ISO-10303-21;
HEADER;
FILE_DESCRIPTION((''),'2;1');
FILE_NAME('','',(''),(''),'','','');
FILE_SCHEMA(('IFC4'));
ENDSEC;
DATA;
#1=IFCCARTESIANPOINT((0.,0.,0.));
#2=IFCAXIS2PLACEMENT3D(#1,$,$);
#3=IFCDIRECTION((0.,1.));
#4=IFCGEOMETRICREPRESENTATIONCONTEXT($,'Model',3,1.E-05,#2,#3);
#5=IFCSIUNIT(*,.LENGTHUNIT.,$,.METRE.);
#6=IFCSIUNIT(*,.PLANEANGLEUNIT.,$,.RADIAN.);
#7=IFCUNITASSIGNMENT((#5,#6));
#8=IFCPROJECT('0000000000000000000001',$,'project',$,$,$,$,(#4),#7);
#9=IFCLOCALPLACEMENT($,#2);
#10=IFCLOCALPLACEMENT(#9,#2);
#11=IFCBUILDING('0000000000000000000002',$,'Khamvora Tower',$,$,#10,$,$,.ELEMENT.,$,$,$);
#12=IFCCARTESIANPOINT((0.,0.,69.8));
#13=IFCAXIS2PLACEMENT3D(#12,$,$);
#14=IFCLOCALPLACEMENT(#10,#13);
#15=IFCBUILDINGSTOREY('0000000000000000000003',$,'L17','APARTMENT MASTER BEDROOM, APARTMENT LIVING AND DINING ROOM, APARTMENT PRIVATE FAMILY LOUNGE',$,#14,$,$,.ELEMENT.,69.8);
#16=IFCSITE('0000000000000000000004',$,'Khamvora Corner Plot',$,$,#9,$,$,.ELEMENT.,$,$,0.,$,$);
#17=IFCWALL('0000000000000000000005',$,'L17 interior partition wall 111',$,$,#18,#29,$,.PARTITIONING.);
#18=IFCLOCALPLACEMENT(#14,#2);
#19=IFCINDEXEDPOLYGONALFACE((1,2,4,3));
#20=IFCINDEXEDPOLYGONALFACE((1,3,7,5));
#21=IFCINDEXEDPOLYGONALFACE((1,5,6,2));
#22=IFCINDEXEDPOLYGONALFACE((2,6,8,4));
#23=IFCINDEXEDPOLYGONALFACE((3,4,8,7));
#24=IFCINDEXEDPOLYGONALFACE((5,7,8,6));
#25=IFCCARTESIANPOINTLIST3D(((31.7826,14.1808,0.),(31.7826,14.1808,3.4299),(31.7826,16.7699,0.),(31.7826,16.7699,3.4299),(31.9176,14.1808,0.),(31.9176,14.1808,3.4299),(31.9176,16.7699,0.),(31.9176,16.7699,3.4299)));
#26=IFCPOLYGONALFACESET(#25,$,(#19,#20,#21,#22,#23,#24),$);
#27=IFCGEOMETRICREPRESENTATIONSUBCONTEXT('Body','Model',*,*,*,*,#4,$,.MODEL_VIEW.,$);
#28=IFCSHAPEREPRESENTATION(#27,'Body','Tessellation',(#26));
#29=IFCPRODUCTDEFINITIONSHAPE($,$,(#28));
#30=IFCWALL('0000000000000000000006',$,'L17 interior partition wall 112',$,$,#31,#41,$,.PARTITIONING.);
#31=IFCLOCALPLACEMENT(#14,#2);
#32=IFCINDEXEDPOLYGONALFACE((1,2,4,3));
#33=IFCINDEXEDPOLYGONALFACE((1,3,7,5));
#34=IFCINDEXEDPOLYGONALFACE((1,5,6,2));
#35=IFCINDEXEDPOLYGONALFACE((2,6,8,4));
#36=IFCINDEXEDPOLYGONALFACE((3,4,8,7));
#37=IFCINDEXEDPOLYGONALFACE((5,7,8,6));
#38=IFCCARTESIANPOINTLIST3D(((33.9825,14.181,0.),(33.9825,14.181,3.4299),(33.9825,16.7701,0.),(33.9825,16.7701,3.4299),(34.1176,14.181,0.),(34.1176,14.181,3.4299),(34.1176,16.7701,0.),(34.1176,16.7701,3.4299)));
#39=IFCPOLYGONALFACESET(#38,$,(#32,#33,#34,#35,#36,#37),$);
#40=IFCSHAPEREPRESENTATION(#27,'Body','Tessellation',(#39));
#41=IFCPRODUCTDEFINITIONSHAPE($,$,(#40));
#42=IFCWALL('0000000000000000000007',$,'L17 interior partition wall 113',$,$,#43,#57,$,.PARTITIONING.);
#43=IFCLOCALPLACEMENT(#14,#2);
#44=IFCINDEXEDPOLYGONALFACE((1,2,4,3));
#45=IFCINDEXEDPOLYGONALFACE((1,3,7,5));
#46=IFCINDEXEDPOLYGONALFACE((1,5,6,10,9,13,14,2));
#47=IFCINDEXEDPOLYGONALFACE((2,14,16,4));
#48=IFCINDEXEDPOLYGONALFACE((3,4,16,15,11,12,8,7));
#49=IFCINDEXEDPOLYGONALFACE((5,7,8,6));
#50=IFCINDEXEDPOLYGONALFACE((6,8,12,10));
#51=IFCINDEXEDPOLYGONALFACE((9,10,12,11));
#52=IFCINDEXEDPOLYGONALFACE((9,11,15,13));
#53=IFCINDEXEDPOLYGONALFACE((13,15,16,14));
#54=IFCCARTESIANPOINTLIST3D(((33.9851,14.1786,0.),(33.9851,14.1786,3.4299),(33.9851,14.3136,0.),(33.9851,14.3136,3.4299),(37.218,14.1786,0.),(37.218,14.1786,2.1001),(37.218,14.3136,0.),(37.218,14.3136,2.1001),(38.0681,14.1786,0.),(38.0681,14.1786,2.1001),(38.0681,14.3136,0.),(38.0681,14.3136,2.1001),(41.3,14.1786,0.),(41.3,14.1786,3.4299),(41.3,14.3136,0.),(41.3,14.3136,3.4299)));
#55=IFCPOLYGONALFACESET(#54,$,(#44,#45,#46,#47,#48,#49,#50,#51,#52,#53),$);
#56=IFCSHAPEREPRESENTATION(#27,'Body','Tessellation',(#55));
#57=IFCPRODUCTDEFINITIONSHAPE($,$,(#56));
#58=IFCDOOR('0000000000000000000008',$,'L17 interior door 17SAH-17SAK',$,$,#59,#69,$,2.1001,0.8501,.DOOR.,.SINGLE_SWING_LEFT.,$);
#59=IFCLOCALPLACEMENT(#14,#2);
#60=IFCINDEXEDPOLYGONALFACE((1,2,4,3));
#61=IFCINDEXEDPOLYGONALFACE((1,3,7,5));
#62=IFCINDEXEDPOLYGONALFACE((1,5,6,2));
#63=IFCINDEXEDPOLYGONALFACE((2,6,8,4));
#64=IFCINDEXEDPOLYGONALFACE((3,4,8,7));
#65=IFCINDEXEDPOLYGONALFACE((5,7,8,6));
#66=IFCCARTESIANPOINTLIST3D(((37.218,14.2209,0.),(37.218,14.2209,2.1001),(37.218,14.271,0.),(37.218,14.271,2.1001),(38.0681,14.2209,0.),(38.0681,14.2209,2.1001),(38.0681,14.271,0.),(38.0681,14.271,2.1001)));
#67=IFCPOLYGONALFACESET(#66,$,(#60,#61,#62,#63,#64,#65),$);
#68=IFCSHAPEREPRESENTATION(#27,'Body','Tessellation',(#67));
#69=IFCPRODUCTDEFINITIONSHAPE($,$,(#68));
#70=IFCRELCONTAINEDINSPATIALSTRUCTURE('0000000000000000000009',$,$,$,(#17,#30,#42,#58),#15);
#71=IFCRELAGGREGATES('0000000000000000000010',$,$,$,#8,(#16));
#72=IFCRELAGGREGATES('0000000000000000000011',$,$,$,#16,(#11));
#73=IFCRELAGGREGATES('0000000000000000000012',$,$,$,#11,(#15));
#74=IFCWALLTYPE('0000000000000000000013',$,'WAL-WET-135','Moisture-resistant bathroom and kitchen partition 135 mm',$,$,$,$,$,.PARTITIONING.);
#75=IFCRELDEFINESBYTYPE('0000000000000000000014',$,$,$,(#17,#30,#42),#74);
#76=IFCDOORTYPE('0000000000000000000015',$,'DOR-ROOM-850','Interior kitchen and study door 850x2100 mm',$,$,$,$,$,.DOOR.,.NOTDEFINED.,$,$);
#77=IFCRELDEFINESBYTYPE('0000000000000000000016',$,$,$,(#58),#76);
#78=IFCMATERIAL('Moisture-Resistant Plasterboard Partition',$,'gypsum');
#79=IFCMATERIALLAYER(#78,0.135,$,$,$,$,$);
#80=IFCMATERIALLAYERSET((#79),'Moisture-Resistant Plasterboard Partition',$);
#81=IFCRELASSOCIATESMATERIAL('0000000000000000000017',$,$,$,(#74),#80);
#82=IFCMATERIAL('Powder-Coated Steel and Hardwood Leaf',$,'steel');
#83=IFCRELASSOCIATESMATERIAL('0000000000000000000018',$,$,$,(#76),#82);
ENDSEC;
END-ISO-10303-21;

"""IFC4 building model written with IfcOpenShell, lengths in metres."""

from ifc_helpers import new_model, si_unit, direction, frame, frame_2d, origin, place, context, subcontext, project, spatial, rectangle, extrude, material, layer, layer_set, type_object, element, fill, save


model = new_model("IFC4")

# Units and contexts
model_context = context("Model", 3, precision=1e-05, world=origin(), true_north=direction((0.0, 1.0)))
body_context = subcontext(model_context, "Body", "Model", "MODEL_VIEW")
ifc_project = project(units=[si_unit("LENGTHUNIT", "METRE"), si_unit("PLANEANGLEUNIT", "RADIAN")], contexts=[model_context])

# Site, building, storey
site_placement = place(None, origin())
site = spatial("IfcSite", under=ifc_project, at=site_placement, Name="Khamvora Corner Plot", CompositionType="ELEMENT", RefElevation=0.0)
building_placement = place(site_placement, origin())
building = spatial("IfcBuilding", under=site, at=building_placement, Name="Khamvora Tower", CompositionType="ELEMENT")
storey_placement = place(building_placement, frame((0.0, 0.0, 69.8)))
storey = spatial("IfcBuildingStorey", under=building, at=storey_placement, Name="L17", Description="APARTMENT MASTER BEDROOM, APARTMENT LIVING AND DINING ROOM, APARTMENT PRIVATE FAMILY LOUNGE", CompositionType="ELEMENT", Elevation=69.8)

# Shared definitions
ifc_material_1 = material(Name="Powder-Coated Steel and Hardwood Leaf", Category="steel")

# Walls
ifc_material_2 = material(Name="Moisture-Resistant Plasterboard Partition", Category="gypsum")
ifc_layer_1 = layer(ifc_material_2, 0.135)
ifc_layer_set_1 = layer_set([ifc_layer_1], Name="Moisture-Resistant Plasterboard Partition")
wall_type_1 = type_object("IfcWallType", Name="WAL-WET-135", Description="Moisture-resistant bathroom and kitchen partition 135 mm", PredefinedType="PARTITIONING", material=ifc_layer_set_1)
for number, where, z_axis, x_axis, name in (
    (1, (31.8501, 14.1809, 0.0), (0.0, 0.0, 1.0), (0.0, 1.0, 0.0), "L17 interior partition wall 111"),
    (2, (34.05, 16.77, 0.0), (0.0, 0.0, 1.0), (0.0, -1.0, 0.0), "L17 interior partition wall 112"),
):
    element("IfcWall", number, at=place(storey_placement, frame(where, z_axis=z_axis, x_axis=x_axis)), inside=storey, type_object=wall_type_1, Name=name, PredefinedType="PARTITIONING", context=body_context, shape_type="SweptSolid", body=[
        extrude(rectangle(XDim=2.5891, YDim=0.135, at=frame_2d((1.2944, 0.0))), origin(), (0.0, 0.0, 1.0), 3.4299),
    ])

# Wall, opening, door
wall_1_placement = place(storey_placement, frame((33.9851, 14.2461, 0.0), z_axis=(0.0, 0.0, 1.0), x_axis=(1.0, 0.0, 0.0)))
wall_1 = element("IfcWall", 3, at=wall_1_placement, inside=storey, type_object=wall_type_1, Name="L17 interior partition wall 113", PredefinedType="PARTITIONING", context=body_context, shape_type="SweptSolid", body=[
    extrude(rectangle(XDim=7.3149, YDim=0.135, at=frame_2d((3.6575, 0.0))), origin(), (0.0, 0.0, 1.0), 3.4299),
])
opening_1_placement = place(wall_1_placement, frame((3.2329, 0.0, 0.0)))
opening_1 = element("IfcOpeningElement", 4, at=opening_1_placement, cuts=wall_1, PredefinedType="OPENING", context=body_context, shape_type="SweptSolid", body=[
    extrude(rectangle(XDim=0.8501, YDim=2.1001, at=frame_2d((0.425, 1.05))), frame((0.0, 0.0774, 0.0), z_axis=(0.0, -1.0, 0.0), x_axis=(1.0, 0.0, 0.0)), (0.0, 0.0, 1.0), 0.155),
])
door_type_1 = type_object("IfcDoorType", Name="DOR-ROOM-850", Description="Interior kitchen and study door 850x2100 mm", OperationType="NOTDEFINED", PredefinedType="DOOR", material=ifc_material_1)
door_1_placement = place(opening_1_placement, origin())
door_1 = element("IfcDoor", 5, at=door_1_placement, inside=storey, type_object=door_type_1, Name="L17 interior door 17SAH-17SAK", OperationType="SINGLE_SWING_LEFT", OverallHeight=2.1001, OverallWidth=0.8501, PredefinedType="DOOR", context=body_context, shape_type="SweptSolid", body=[
    extrude(rectangle(XDim=0.8501, YDim=2.1001, at=frame_2d((0.425, 1.05))), frame((0.0, 0.0249, 0.0), z_axis=(0.0, -1.0, 0.0), x_axis=(1.0, 0.0, 0.0)), (0.0, 0.0, 1.0), 0.05),
])
fill(opening_1, door_1)

save(model, "model.ifc")
